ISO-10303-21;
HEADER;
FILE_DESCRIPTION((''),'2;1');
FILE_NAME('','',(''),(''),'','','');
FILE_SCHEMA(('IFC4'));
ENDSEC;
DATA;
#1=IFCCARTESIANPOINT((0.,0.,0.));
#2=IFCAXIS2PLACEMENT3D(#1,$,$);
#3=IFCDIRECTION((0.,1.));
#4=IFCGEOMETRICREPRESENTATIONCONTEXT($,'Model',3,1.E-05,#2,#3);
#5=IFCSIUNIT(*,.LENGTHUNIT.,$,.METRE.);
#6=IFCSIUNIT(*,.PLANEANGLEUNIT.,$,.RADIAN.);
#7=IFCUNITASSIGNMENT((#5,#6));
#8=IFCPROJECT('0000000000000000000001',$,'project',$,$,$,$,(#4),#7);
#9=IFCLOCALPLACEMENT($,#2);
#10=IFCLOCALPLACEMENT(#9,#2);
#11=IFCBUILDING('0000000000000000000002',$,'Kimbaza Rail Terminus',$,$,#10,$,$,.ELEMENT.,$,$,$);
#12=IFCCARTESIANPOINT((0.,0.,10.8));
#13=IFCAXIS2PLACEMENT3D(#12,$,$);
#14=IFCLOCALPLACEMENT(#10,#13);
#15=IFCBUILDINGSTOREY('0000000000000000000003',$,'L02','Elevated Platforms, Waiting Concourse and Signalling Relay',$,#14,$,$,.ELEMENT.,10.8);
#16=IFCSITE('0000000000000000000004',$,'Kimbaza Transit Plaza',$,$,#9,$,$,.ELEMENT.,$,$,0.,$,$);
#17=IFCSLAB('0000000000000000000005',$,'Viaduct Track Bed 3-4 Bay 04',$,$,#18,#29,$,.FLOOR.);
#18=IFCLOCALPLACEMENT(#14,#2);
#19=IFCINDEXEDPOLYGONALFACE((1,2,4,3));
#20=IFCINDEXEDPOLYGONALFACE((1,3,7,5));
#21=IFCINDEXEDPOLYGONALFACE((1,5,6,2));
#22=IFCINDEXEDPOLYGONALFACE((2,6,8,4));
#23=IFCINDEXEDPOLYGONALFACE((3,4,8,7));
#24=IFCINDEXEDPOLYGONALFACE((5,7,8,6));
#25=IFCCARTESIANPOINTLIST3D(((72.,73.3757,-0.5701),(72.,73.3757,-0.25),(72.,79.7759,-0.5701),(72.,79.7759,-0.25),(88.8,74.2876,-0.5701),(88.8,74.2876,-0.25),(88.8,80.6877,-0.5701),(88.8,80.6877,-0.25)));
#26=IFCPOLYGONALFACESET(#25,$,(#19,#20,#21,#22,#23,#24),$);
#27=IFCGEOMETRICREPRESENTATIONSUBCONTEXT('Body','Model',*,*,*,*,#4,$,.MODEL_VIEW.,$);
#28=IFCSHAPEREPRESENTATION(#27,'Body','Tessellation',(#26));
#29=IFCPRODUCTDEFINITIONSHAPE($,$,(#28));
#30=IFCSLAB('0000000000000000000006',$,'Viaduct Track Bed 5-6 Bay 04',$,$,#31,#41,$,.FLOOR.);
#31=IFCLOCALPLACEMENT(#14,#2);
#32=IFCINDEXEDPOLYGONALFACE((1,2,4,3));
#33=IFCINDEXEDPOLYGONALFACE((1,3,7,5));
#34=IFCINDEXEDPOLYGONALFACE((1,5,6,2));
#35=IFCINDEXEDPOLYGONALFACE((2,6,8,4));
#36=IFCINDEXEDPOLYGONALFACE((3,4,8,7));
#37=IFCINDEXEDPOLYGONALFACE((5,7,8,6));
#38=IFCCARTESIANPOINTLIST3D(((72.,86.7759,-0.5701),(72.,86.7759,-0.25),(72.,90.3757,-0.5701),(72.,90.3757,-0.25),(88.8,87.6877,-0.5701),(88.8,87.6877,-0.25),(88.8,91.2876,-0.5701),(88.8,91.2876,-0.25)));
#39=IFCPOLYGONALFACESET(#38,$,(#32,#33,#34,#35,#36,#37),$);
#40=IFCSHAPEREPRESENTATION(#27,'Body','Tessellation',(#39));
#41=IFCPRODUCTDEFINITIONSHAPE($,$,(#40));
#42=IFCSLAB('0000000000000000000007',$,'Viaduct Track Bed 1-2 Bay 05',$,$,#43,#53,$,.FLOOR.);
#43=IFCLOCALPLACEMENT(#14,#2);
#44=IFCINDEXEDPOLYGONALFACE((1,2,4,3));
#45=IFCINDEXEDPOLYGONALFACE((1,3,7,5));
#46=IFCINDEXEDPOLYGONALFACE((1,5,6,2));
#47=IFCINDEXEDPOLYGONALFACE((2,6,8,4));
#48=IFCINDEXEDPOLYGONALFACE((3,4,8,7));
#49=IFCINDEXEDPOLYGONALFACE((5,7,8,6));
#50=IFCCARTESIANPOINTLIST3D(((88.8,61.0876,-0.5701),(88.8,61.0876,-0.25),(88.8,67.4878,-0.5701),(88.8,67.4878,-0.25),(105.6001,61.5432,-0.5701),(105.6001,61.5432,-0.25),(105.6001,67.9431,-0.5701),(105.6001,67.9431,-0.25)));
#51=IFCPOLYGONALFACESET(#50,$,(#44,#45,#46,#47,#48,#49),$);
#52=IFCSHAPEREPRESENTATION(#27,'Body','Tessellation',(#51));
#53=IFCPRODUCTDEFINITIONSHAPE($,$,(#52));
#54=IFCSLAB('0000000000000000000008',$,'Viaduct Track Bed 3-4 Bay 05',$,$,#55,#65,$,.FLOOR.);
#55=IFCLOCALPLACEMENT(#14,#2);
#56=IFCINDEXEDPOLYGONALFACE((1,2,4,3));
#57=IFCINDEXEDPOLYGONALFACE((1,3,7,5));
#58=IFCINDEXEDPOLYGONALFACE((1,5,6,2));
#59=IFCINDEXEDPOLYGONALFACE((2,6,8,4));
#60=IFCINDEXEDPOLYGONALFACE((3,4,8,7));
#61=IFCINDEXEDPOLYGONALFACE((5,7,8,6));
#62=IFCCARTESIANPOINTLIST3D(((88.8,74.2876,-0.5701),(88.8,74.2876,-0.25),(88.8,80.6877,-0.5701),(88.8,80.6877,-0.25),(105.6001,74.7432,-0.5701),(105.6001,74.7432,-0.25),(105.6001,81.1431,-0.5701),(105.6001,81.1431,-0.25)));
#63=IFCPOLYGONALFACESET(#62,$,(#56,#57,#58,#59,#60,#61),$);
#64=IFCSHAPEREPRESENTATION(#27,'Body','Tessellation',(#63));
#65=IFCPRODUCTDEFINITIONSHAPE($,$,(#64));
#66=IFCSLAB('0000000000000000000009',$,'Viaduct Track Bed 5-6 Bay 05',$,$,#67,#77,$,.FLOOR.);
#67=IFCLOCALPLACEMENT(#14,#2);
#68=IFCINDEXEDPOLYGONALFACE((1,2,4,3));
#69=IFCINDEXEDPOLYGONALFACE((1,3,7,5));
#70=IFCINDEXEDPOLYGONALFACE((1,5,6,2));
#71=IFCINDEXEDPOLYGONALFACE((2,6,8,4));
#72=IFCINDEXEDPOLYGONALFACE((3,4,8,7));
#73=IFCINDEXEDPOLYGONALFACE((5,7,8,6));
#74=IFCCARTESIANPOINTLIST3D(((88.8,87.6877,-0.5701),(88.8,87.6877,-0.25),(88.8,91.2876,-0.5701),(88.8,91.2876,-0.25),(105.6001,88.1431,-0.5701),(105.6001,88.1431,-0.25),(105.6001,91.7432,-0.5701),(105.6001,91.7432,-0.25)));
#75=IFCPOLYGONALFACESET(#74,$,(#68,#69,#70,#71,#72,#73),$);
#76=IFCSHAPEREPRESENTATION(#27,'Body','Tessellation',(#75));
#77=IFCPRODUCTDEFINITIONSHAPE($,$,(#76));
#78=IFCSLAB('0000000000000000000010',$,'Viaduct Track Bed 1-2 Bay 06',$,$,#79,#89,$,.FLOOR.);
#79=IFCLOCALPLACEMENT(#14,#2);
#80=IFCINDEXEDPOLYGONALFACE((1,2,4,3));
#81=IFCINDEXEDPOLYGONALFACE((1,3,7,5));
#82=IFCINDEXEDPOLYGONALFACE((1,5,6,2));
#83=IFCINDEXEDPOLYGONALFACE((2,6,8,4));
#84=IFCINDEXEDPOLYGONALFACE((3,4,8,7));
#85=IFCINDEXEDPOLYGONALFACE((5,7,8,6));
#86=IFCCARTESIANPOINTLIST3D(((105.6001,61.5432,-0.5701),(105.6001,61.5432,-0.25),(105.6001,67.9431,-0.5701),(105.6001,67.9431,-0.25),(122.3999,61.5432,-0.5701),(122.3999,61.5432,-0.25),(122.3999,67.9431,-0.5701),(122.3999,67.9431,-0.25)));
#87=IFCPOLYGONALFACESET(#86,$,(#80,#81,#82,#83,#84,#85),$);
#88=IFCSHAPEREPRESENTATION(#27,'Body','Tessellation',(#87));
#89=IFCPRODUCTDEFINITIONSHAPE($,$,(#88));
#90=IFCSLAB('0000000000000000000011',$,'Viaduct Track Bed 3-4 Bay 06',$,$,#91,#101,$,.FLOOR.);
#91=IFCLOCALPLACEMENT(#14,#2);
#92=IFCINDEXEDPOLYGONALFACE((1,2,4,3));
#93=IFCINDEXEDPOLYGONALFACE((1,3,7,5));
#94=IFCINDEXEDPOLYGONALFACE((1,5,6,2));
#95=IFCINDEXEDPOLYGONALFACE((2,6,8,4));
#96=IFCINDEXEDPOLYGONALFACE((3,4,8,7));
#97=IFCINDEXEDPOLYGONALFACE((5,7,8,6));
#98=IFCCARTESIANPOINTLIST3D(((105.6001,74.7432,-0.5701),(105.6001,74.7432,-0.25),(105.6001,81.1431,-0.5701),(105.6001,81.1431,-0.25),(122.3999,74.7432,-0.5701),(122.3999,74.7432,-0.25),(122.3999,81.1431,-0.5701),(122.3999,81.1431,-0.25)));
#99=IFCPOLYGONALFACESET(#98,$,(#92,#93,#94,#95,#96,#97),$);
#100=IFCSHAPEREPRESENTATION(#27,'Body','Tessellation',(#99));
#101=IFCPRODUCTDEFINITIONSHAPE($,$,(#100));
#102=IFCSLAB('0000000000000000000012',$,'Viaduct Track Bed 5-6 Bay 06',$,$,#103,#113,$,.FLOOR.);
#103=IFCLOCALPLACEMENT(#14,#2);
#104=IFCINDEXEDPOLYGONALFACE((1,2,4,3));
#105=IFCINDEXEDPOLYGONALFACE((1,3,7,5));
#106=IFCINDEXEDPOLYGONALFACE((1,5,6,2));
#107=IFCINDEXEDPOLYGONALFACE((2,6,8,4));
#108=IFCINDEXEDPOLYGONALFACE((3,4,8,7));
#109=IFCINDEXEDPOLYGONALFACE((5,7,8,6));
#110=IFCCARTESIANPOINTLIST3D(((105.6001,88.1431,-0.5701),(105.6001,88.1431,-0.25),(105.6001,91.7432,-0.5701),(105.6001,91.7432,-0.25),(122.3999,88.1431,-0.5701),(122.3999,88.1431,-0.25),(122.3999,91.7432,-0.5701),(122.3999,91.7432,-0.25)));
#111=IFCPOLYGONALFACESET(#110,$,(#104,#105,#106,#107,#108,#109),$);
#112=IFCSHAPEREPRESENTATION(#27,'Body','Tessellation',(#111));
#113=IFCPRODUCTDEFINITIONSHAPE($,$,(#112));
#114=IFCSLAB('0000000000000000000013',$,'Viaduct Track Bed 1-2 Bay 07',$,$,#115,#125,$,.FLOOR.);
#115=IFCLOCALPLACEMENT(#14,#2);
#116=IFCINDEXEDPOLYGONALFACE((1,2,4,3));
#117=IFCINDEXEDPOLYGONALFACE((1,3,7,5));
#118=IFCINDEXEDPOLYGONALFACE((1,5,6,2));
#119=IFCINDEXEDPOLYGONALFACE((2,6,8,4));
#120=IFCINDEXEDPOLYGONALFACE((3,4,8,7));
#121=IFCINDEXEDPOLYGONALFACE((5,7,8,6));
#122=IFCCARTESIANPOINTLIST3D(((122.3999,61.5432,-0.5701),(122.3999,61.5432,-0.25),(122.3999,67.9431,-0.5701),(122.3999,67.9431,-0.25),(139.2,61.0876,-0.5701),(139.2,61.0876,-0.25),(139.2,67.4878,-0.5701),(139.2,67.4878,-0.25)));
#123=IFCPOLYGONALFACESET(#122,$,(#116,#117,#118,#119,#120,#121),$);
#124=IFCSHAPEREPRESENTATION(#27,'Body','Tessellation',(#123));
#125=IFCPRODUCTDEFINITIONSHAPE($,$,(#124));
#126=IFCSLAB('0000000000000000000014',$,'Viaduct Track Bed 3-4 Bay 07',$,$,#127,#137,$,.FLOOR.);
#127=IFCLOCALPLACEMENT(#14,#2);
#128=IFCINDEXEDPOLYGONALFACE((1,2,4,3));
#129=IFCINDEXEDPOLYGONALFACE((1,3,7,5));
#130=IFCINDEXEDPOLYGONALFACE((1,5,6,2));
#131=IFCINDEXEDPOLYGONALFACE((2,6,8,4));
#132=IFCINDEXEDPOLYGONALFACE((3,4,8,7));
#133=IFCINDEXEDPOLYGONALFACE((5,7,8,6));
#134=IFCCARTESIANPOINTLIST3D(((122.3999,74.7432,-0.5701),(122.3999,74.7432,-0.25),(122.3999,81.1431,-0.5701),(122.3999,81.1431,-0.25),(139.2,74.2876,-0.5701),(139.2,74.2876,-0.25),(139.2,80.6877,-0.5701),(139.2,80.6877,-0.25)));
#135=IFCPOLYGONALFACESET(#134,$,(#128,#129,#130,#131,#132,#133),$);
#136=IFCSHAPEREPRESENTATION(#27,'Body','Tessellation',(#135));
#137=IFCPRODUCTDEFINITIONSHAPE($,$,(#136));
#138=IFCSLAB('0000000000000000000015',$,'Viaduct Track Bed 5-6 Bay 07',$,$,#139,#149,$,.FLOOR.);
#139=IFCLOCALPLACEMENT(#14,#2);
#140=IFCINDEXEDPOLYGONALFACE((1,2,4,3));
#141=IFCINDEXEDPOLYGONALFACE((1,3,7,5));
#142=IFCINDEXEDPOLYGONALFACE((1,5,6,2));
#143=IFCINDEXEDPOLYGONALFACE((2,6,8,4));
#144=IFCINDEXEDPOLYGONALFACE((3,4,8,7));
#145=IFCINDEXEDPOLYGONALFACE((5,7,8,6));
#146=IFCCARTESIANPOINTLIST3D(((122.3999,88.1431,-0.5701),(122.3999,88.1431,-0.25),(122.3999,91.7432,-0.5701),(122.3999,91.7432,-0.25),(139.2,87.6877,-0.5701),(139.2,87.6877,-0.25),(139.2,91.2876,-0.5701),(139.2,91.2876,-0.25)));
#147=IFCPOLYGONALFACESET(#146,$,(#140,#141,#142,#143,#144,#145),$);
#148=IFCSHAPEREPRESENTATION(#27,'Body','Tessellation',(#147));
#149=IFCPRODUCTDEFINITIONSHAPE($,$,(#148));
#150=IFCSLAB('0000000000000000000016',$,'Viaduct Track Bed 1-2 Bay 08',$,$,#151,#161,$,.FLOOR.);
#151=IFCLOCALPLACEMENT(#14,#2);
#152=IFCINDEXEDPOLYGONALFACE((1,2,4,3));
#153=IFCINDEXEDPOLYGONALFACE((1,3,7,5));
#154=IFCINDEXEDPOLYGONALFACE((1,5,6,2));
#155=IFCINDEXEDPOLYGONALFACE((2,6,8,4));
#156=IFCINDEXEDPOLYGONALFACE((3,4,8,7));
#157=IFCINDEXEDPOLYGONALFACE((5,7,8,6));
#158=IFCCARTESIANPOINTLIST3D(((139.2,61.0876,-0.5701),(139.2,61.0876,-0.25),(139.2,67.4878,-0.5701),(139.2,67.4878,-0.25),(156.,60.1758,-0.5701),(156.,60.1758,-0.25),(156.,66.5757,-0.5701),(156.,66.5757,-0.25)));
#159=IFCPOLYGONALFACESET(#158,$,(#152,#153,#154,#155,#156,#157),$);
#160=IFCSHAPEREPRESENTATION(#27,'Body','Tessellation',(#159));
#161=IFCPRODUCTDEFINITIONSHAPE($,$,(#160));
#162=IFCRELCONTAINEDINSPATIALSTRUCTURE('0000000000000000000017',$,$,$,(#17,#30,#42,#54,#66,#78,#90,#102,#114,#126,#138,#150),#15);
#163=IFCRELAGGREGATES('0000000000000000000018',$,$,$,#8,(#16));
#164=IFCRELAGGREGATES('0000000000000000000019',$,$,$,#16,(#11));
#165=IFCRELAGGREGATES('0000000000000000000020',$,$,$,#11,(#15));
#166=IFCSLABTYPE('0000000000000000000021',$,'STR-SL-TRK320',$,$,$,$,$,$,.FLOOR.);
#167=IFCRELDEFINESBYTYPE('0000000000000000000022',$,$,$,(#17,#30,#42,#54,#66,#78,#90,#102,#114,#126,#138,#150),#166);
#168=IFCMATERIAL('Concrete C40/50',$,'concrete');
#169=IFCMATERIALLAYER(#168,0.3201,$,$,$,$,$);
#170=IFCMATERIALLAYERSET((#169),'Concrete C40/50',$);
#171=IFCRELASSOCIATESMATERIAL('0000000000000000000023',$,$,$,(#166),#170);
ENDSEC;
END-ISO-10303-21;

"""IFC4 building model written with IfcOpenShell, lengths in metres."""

from ifc_helpers import new_model, si_unit, direction, frame, origin, place, context, subcontext, project, spatial, polyline, outline, extrude, material, layer, layer_set, type_object, element, save


model = new_model("IFC4")

# Units and contexts
model_context = context("Model", 3, precision=1e-05, world=origin(), true_north=direction((0.0, 1.0)))
body_context = subcontext(model_context, "Body", "Model", "MODEL_VIEW")
ifc_project = project(units=[si_unit("LENGTHUNIT", "METRE"), si_unit("PLANEANGLEUNIT", "RADIAN")], contexts=[model_context])

# Site, building, storey
site_placement = place(None, origin())
site = spatial("IfcSite", under=ifc_project, at=site_placement, Name="Kimbaza Transit Plaza", CompositionType="ELEMENT", RefElevation=0.0)
building_placement = place(site_placement, origin())
building = spatial("IfcBuilding", under=site, at=building_placement, Name="Kimbaza Rail Terminus", CompositionType="ELEMENT")
storey_placement = place(building_placement, frame((0.0, 0.0, 10.8)))
storey = spatial("IfcBuildingStorey", under=building, at=storey_placement, Name="L02", Description="Elevated Platforms, Waiting Concourse and Signalling Relay", CompositionType="ELEMENT", Elevation=10.8)

# Slabs
ifc_material_1 = material(Name="Concrete C40/50", Category="concrete")
ifc_layer_1 = layer(ifc_material_1, 0.3201)
ifc_layer_set_1 = layer_set([ifc_layer_1], Name="Concrete C40/50")
slab_type_1 = type_object("IfcSlabType", Name="STR-SL-TRK320", PredefinedType="FLOOR", material=ifc_layer_set_1)
slab_1_placement = place(storey_placement, frame((0.0, 0.0, -0.5701)))
element("IfcSlab", 1, at=slab_1_placement, inside=storey, type_object=slab_type_1, Name="Viaduct Track Bed 3-4 Bay 04", PredefinedType="FLOOR", context=body_context, shape_type="SweptSolid", body=[
    extrude(outline(polyline([(72.0, 73.3757), (88.8, 74.2876), (88.8, 80.6877), (72.0, 79.7759), (72.0, 73.3757)])), origin(), (0.0, 0.0, 1.0), 0.3201),
])
slab_2_placement = place(storey_placement, frame((0.0, 0.0, -0.5701)))
element("IfcSlab", 2, at=slab_2_placement, inside=storey, type_object=slab_type_1, Name="Viaduct Track Bed 5-6 Bay 04", PredefinedType="FLOOR", context=body_context, shape_type="SweptSolid", body=[
    extrude(outline(polyline([(72.0, 86.7759), (88.8, 87.6877), (88.8, 91.2876), (72.0, 90.3757), (72.0, 86.7759)])), origin(), (0.0, 0.0, 1.0), 0.3201),
])
slab_3_placement = place(storey_placement, frame((0.0, 0.0, -0.5701)))
element("IfcSlab", 3, at=slab_3_placement, inside=storey, type_object=slab_type_1, Name="Viaduct Track Bed 1-2 Bay 05", PredefinedType="FLOOR", context=body_context, shape_type="SweptSolid", body=[
    extrude(outline(polyline([(88.8, 61.0876), (105.6001, 61.5432), (105.6001, 67.9431), (88.8, 67.4878), (88.8, 61.0876)])), origin(), (0.0, 0.0, 1.0), 0.3201),
])
slab_4_placement = place(storey_placement, frame((0.0, 0.0, -0.5701)))
element("IfcSlab", 4, at=slab_4_placement, inside=storey, type_object=slab_type_1, Name="Viaduct Track Bed 3-4 Bay 05", PredefinedType="FLOOR", context=body_context, shape_type="SweptSolid", body=[
    extrude(outline(polyline([(88.8, 74.2876), (105.6001, 74.7432), (105.6001, 81.1431), (88.8, 80.6877), (88.8, 74.2876)])), origin(), (0.0, 0.0, 1.0), 0.3201),
])
slab_5_placement = place(storey_placement, frame((0.0, 0.0, -0.5701)))
element("IfcSlab", 5, at=slab_5_placement, inside=storey, type_object=slab_type_1, Name="Viaduct Track Bed 5-6 Bay 05", PredefinedType="FLOOR", context=body_context, shape_type="SweptSolid", body=[
    extrude(outline(polyline([(88.8, 87.6877), (105.6001, 88.1431), (105.6001, 91.7432), (88.8, 91.2876), (88.8, 87.6877)])), origin(), (0.0, 0.0, 1.0), 0.3201),
])
slab_6_placement = place(storey_placement, frame((0.0, 0.0, -0.5701)))
element("IfcSlab", 6, at=slab_6_placement, inside=storey, type_object=slab_type_1, Name="Viaduct Track Bed 1-2 Bay 06", PredefinedType="FLOOR", context=body_context, shape_type="SweptSolid", body=[
    extrude(outline(polyline([(105.6001, 61.5432), (122.3999, 61.5432), (122.3999, 67.9431), (105.6001, 67.9431), (105.6001, 61.5432)])), origin(), (0.0, 0.0, 1.0), 0.3201),
])
slab_7_placement = place(storey_placement, frame((0.0, 0.0, -0.5701)))
element("IfcSlab", 7, at=slab_7_placement, inside=storey, type_object=slab_type_1, Name="Viaduct Track Bed 3-4 Bay 06", PredefinedType="FLOOR", context=body_context, shape_type="SweptSolid", body=[
    extrude(outline(polyline([(105.6001, 74.7432), (122.3999, 74.7432), (122.3999, 81.1431), (105.6001, 81.1431), (105.6001, 74.7432)])), origin(), (0.0, 0.0, 1.0), 0.3201),
])
slab_8_placement = place(storey_placement, frame((0.0, 0.0, -0.5701)))
element("IfcSlab", 8, at=slab_8_placement, inside=storey, type_object=slab_type_1, Name="Viaduct Track Bed 5-6 Bay 06", PredefinedType="FLOOR", context=body_context, shape_type="SweptSolid", body=[
    extrude(outline(polyline([(105.6001, 88.1431), (122.3999, 88.1431), (122.3999, 91.7432), (105.6001, 91.7432), (105.6001, 88.1431)])), origin(), (0.0, 0.0, 1.0), 0.3201),
])
slab_9_placement = place(storey_placement, frame((0.0, 0.0, -0.5701)))
element("IfcSlab", 9, at=slab_9_placement, inside=storey, type_object=slab_type_1, Name="Viaduct Track Bed 1-2 Bay 07", PredefinedType="FLOOR", context=body_context, shape_type="SweptSolid", body=[
    extrude(outline(polyline([(122.3999, 61.5432), (139.2, 61.0876), (139.2, 67.4878), (122.3999, 67.9431), (122.3999, 61.5432)])), origin(), (0.0, 0.0, 1.0), 0.3201),
])
slab_10_placement = place(storey_placement, frame((0.0, 0.0, -0.5701)))
element("IfcSlab", 10, at=slab_10_placement, inside=storey, type_object=slab_type_1, Name="Viaduct Track Bed 3-4 Bay 07", PredefinedType="FLOOR", context=body_context, shape_type="SweptSolid", body=[
    extrude(outline(polyline([(122.3999, 74.7432), (139.2, 74.2876), (139.2, 80.6877), (122.3999, 81.1431), (122.3999, 74.7432)])), origin(), (0.0, 0.0, 1.0), 0.3201),
])
slab_11_placement = place(storey_placement, frame((0.0, 0.0, -0.5701)))
element("IfcSlab", 11, at=slab_11_placement, inside=storey, type_object=slab_type_1, Name="Viaduct Track Bed 5-6 Bay 07", PredefinedType="FLOOR", context=body_context, shape_type="SweptSolid", body=[
    extrude(outline(polyline([(122.3999, 88.1431), (139.2, 87.6877), (139.2, 91.2876), (122.3999, 91.7432), (122.3999, 88.1431)])), origin(), (0.0, 0.0, 1.0), 0.3201),
])
slab_12_placement = place(storey_placement, frame((0.0, 0.0, -0.5701)))
element("IfcSlab", 12, at=slab_12_placement, inside=storey, type_object=slab_type_1, Name="Viaduct Track Bed 1-2 Bay 08", PredefinedType="FLOOR", context=body_context, shape_type="SweptSolid", body=[
    extrude(outline(polyline([(139.2, 61.0876), (156.0, 60.1758), (156.0, 66.5757), (139.2, 67.4878), (139.2, 61.0876)])), origin(), (0.0, 0.0, 1.0), 0.3201),
])

save(model, "model.ifc")
